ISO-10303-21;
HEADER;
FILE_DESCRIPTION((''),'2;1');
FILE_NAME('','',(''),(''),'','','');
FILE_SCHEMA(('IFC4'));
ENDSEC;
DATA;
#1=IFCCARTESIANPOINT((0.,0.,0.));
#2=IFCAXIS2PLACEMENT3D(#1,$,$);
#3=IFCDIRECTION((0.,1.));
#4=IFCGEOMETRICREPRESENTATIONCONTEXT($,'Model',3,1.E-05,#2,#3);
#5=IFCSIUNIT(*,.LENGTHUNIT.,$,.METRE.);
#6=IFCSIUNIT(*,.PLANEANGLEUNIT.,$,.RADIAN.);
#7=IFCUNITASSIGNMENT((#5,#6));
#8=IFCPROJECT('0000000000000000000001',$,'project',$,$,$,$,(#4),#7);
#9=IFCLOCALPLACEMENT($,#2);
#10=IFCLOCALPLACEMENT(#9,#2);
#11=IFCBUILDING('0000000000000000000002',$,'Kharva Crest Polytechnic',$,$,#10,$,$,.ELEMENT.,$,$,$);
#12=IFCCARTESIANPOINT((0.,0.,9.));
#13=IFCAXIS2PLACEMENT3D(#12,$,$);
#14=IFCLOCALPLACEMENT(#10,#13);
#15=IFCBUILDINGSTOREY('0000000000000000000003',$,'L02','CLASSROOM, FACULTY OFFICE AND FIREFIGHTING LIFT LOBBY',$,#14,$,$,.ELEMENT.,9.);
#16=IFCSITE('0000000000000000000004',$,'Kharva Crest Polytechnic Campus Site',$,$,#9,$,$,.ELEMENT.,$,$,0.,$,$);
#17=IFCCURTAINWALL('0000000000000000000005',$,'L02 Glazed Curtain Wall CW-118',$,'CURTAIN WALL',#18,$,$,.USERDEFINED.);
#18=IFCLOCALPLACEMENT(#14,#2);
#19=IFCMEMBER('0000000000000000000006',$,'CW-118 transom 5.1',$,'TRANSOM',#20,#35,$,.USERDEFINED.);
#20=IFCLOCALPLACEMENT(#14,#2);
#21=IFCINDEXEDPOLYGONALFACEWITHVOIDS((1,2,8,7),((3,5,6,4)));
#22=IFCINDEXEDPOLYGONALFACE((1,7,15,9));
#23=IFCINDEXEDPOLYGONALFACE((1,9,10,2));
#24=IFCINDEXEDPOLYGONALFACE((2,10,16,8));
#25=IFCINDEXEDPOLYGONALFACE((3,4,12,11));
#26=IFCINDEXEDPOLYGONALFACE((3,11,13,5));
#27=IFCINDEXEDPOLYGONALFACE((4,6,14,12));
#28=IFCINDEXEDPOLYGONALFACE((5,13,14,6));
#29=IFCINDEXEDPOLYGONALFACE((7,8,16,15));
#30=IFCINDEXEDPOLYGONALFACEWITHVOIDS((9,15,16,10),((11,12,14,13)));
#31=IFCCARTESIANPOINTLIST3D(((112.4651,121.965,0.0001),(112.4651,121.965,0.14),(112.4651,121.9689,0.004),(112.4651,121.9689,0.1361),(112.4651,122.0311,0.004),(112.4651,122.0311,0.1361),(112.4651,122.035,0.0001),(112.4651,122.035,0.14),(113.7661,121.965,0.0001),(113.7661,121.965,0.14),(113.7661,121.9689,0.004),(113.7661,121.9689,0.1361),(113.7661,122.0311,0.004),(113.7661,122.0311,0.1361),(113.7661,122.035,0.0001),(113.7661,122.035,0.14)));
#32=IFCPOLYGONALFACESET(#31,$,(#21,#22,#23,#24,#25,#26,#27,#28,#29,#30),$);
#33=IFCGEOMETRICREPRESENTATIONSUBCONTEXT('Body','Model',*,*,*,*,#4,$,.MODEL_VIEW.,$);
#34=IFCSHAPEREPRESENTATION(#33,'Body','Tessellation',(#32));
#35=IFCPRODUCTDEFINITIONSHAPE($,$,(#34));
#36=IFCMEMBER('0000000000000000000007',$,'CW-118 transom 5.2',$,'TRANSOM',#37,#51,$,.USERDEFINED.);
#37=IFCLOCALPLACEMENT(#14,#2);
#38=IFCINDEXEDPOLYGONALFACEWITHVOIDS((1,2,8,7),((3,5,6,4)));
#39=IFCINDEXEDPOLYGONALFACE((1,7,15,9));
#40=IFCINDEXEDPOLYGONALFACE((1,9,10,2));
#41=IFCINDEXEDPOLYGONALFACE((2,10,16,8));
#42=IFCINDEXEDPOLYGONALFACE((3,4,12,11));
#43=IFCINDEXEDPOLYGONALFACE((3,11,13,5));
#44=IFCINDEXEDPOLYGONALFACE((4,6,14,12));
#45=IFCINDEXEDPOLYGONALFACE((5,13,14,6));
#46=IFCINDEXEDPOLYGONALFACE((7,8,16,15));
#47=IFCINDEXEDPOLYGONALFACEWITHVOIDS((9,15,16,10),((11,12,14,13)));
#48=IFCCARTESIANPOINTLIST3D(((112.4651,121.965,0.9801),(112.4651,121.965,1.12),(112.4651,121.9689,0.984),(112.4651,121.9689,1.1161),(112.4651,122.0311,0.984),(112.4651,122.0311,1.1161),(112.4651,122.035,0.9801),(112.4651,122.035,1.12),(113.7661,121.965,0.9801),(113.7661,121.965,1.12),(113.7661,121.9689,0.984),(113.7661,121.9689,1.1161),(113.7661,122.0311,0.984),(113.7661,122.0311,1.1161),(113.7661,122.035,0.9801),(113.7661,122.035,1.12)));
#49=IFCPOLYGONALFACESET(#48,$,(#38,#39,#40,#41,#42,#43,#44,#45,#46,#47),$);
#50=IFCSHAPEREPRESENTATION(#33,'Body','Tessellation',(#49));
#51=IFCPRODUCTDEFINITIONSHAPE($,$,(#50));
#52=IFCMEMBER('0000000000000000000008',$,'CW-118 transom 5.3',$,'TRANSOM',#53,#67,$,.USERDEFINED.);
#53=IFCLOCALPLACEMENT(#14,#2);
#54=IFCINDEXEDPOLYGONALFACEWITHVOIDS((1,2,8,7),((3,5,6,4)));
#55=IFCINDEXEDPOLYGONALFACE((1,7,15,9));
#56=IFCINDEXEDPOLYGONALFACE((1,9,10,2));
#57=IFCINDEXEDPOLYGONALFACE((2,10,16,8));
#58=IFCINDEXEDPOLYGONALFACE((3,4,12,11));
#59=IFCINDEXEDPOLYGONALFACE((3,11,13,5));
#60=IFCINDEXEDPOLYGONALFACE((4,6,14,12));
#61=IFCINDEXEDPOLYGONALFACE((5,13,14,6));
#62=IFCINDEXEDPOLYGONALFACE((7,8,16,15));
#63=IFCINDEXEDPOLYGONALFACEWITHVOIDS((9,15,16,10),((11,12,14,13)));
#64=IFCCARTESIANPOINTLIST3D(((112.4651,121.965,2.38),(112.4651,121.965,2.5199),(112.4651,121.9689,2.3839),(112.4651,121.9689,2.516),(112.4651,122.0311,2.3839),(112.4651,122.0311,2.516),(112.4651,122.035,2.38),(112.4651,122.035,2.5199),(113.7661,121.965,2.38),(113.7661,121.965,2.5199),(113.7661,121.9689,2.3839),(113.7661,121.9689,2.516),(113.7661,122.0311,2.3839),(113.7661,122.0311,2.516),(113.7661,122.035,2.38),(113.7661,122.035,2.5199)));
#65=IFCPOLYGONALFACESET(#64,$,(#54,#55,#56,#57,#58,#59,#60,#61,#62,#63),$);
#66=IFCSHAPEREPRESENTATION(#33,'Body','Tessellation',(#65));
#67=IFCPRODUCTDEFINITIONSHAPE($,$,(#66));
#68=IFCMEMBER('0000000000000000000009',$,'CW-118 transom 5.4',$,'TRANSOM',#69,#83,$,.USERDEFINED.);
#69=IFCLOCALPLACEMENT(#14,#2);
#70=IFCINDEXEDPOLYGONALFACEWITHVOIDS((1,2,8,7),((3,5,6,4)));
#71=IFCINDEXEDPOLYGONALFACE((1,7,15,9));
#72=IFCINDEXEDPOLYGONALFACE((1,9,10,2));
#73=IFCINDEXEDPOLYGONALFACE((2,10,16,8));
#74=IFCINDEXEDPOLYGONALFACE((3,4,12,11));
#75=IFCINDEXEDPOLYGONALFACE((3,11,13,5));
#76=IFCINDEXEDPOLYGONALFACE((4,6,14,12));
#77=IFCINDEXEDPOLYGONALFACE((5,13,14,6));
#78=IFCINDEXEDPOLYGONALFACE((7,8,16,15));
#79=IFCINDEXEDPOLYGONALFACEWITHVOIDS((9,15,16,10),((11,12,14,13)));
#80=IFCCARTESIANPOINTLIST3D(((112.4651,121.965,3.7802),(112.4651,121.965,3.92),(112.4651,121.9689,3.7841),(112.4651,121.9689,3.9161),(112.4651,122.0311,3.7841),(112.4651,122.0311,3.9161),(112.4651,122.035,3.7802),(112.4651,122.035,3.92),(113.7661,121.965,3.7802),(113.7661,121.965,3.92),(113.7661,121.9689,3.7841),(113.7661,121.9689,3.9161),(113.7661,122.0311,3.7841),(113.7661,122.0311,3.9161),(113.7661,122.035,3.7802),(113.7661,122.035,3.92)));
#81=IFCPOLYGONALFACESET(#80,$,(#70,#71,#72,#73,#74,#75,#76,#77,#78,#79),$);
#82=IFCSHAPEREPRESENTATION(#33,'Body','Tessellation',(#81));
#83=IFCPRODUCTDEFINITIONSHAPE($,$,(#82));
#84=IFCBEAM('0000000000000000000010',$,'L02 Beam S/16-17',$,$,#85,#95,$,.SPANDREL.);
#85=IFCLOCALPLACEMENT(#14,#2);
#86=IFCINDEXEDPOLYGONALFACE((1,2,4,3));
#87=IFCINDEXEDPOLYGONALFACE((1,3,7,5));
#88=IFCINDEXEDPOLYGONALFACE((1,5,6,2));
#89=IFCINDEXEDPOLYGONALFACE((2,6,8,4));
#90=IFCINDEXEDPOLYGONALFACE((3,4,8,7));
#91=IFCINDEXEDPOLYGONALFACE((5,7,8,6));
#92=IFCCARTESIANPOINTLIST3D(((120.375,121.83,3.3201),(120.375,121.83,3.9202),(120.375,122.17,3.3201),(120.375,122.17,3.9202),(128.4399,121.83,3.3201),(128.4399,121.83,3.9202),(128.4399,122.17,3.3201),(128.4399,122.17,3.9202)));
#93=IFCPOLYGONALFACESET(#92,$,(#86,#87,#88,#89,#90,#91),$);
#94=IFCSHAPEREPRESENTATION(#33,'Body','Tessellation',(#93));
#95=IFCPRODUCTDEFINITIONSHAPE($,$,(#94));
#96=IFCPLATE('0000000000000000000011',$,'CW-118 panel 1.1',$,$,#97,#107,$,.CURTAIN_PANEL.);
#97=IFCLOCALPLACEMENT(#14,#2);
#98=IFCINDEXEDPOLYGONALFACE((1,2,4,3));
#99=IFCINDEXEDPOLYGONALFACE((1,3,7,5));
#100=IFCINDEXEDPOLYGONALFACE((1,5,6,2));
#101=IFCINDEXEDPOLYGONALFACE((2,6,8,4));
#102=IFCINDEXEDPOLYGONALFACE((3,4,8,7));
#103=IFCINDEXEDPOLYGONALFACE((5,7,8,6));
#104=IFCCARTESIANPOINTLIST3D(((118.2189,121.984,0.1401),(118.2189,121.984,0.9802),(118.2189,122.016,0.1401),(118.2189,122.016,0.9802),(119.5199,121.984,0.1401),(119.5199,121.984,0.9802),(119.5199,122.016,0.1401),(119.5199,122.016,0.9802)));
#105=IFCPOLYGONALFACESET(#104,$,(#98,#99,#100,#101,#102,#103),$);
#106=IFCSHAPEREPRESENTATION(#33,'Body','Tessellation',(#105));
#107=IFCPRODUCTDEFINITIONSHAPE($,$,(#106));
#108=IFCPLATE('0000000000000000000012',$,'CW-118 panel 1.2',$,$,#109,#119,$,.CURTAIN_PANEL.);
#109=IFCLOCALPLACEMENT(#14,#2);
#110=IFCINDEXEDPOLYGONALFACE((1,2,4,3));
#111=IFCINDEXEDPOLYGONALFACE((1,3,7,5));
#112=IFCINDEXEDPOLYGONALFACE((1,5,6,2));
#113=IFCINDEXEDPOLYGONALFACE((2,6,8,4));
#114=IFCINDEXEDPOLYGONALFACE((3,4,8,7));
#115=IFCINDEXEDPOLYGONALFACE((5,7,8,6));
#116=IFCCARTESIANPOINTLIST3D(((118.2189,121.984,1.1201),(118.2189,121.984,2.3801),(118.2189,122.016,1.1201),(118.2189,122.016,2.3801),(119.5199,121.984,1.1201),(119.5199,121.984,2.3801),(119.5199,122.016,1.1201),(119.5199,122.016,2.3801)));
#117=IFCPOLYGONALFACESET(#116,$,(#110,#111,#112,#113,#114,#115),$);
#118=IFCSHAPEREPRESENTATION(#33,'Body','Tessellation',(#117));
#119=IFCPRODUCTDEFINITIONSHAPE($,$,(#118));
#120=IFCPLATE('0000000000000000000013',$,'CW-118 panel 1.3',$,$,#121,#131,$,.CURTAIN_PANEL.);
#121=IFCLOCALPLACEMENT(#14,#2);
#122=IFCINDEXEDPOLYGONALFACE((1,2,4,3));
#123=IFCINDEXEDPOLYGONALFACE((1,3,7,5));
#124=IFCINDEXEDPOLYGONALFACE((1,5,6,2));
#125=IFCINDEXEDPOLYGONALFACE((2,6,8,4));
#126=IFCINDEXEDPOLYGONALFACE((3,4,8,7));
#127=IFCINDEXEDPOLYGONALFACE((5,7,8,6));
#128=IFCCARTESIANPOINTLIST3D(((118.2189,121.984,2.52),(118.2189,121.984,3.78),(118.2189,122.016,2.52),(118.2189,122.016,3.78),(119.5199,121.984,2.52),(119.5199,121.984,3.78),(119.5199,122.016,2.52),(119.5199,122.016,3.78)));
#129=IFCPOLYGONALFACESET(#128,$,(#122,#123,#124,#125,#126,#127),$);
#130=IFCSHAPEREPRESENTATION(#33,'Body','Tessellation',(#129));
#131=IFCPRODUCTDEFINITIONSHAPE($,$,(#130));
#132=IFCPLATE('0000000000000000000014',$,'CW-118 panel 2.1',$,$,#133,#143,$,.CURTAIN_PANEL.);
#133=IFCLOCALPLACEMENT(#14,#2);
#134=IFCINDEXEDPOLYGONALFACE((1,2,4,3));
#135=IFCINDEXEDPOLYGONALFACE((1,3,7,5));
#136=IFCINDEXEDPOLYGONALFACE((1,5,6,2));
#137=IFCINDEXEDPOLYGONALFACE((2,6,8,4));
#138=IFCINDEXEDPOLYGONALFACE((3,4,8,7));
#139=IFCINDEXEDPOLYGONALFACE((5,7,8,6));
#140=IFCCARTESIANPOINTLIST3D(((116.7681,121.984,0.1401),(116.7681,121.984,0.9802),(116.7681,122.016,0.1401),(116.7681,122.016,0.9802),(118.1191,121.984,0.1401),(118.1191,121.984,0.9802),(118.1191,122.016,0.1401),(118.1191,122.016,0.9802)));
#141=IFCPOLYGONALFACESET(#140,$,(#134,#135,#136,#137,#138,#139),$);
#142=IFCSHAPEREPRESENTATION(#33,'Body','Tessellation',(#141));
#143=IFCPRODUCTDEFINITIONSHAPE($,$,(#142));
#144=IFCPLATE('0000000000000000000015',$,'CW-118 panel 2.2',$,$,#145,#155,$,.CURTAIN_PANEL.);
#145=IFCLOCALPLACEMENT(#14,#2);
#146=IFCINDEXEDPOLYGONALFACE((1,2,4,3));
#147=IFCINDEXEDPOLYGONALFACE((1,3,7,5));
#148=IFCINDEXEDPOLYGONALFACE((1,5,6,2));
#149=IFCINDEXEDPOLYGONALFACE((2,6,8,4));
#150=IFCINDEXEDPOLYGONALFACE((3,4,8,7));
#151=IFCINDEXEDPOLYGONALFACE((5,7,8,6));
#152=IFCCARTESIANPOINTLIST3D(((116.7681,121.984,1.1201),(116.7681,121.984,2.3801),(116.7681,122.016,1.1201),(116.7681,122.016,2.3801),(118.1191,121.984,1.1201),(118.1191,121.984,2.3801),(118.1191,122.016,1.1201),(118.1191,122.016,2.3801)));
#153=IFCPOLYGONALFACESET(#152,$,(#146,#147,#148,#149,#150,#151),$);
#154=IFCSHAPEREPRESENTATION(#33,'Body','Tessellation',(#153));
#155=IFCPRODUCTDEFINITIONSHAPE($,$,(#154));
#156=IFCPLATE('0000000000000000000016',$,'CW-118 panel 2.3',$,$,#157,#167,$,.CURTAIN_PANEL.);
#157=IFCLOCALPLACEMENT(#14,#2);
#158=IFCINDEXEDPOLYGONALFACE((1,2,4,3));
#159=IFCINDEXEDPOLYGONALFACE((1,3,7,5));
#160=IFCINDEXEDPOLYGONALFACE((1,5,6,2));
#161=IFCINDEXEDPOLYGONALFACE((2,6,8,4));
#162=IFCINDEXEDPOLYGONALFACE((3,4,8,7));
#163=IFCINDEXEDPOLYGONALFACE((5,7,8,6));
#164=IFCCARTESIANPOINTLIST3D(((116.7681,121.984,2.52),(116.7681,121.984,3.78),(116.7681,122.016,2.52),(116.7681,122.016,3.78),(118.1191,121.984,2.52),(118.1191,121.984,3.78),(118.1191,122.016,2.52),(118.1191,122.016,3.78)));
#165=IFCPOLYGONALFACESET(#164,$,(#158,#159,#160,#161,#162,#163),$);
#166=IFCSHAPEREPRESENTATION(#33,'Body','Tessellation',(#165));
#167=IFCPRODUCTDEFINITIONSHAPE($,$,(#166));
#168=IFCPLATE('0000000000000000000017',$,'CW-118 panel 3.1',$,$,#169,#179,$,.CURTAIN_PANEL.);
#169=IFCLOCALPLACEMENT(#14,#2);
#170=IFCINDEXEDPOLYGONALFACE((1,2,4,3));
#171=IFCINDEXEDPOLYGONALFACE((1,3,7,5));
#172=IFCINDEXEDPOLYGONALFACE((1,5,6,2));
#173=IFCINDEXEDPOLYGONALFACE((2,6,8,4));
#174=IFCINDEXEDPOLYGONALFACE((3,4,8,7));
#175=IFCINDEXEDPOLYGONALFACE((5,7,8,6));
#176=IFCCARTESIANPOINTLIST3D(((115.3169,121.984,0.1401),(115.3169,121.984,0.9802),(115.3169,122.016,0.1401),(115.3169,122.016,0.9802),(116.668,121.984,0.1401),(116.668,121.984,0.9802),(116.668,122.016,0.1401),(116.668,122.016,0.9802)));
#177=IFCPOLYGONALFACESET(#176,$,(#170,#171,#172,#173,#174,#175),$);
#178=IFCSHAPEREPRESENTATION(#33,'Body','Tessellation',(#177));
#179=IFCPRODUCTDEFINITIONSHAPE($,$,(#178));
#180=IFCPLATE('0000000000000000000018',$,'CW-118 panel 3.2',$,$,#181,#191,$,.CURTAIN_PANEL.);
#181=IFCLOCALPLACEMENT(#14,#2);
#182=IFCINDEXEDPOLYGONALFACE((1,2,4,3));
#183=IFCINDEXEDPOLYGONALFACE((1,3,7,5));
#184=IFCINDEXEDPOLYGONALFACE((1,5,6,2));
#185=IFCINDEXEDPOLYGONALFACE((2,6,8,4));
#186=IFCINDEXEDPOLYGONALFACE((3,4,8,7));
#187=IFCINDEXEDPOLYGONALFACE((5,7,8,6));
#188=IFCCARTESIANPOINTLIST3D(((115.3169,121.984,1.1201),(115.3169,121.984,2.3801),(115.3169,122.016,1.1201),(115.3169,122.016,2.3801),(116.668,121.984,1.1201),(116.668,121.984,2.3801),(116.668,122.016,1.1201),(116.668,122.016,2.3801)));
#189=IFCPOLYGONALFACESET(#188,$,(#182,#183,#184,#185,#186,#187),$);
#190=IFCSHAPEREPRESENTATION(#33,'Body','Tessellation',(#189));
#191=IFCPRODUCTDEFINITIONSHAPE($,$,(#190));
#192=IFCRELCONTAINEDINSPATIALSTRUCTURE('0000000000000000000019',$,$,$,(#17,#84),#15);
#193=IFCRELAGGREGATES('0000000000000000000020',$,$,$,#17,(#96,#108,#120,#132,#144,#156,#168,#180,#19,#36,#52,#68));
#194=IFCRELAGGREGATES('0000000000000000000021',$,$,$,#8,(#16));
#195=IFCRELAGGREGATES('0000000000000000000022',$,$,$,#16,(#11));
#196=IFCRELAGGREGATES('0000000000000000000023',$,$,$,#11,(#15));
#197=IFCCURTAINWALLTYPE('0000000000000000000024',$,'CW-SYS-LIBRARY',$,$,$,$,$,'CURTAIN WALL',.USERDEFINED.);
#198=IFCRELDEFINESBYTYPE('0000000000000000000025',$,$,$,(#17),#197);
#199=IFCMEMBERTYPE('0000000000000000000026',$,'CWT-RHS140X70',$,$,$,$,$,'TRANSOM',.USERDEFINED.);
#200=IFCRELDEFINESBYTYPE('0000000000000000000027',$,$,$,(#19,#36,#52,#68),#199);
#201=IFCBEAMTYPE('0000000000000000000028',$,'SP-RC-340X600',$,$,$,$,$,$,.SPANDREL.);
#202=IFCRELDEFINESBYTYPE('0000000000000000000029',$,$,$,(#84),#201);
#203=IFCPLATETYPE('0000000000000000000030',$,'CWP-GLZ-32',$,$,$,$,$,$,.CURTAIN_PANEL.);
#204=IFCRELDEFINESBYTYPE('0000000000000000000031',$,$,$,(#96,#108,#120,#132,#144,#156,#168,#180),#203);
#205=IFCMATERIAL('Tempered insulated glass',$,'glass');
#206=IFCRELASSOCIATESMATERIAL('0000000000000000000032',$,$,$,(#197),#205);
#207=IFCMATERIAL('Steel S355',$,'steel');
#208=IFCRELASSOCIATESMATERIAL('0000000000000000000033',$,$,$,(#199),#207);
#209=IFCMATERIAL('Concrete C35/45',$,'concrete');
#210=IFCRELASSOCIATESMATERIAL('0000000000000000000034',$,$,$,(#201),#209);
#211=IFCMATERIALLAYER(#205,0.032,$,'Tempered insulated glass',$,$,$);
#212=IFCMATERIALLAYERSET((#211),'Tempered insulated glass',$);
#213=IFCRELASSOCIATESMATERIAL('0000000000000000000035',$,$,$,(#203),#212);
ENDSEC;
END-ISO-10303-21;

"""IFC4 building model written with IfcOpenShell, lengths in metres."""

from ifc_helpers import new_model, si_unit, direction, frame, origin, origin_2d, place, context, subcontext, project, spatial, rectangle, hollow_rectangle, extrude, material, layer, layer_set, material_profile, profile_set, type_object, element, aggregate, save


model = new_model("IFC4")

# Units and contexts
model_context = context("Model", 3, precision=1e-05, world=origin(), true_north=direction((0.0, 1.0)))
body_context = subcontext(model_context, "Body", "Model", "MODEL_VIEW")
ifc_project = project(units=[si_unit("LENGTHUNIT", "METRE"), si_unit("PLANEANGLEUNIT", "RADIAN")], contexts=[model_context])

# Site, building, storey
site_placement = place(None, origin())
site = spatial("IfcSite", under=ifc_project, at=site_placement, Name="Kharva Crest Polytechnic Campus Site", CompositionType="ELEMENT", RefElevation=0.0)
building_placement = place(site_placement, origin())
building = spatial("IfcBuilding", under=site, at=building_placement, Name="Kharva Crest Polytechnic", CompositionType="ELEMENT")
storey_placement = place(building_placement, frame((0.0, 0.0, 9.0)))
storey = spatial("IfcBuildingStorey", under=building, at=storey_placement, Name="L02", Description="CLASSROOM, FACULTY OFFICE AND FIREFIGHTING LIFT LOBBY", CompositionType="ELEMENT", Elevation=9.0)

# Curtain wall, members
ifc_material_1 = material(Name="Tempered insulated glass", Category="glass")
curtain_wall_type = type_object("IfcCurtainWallType", Name="CW-SYS-LIBRARY", ElementType="CURTAIN WALL", PredefinedType="USERDEFINED", material=ifc_material_1)
curtain_wall_placement = place(storey_placement, origin())
curtain_wall = element("IfcCurtainWall", 1, at=curtain_wall_placement, inside=storey, type_object=curtain_wall_type, Name="L02 Glazed Curtain Wall CW-118", ObjectType="CURTAIN WALL", PredefinedType="USERDEFINED")
ifc_material_2 = material(Name="Steel S355", Category="steel")
ifc_material_profile_1 = material_profile(ifc_material_2, hollow_rectangle(XDim=0.0701, YDim=0.1399, WallThickness=0.0039, at=origin_2d()), Name="RHS 140X70X4.0")
ifc_profile_set_1 = profile_set([ifc_material_profile_1], Name="Steel S355")
member_type_1 = type_object("IfcMemberType", Name="CWT-RHS140X70", ElementType="TRANSOM", PredefinedType="USERDEFINED", material=ifc_profile_set_1)
member_1_placement = place(storey_placement, frame((113.7661, 122.0, 0.0701), z_axis=(-1.0, 0.0, 0.0), x_axis=(0.0, -1.0, 0.0)))
member_1 = element("IfcMember", 2, at=member_1_placement, type_object=member_type_1, Name="CW-118 transom 5.1", ObjectType="TRANSOM", PredefinedType="USERDEFINED", context=body_context, shape_type="SweptSolid", body=[
    extrude(hollow_rectangle(XDim=0.0701, YDim=0.1399, WallThickness=0.0039, at=origin_2d()), origin(), (0.0, 0.0, 1.0), 1.301),
])
member_2_placement = place(storey_placement, frame((113.7661, 122.0, 1.05), z_axis=(-1.0, 0.0, 0.0), x_axis=(0.0, -1.0, 0.0)))
member_2 = element("IfcMember", 3, at=member_2_placement, type_object=member_type_1, Name="CW-118 transom 5.2", ObjectType="TRANSOM", PredefinedType="USERDEFINED", context=body_context, shape_type="SweptSolid", body=[
    extrude(hollow_rectangle(XDim=0.0701, YDim=0.1399, WallThickness=0.0039, at=origin_2d()), origin(), (0.0, 0.0, 1.0), 1.301),
])
member_3_placement = place(storey_placement, frame((113.7661, 122.0, 2.45), z_axis=(-1.0, 0.0, 0.0), x_axis=(0.0, -1.0, 0.0)))
member_3 = element("IfcMember", 4, at=member_3_placement, type_object=member_type_1, Name="CW-118 transom 5.3", ObjectType="TRANSOM", PredefinedType="USERDEFINED", context=body_context, shape_type="SweptSolid", body=[
    extrude(hollow_rectangle(XDim=0.0701, YDim=0.1399, WallThickness=0.0039, at=origin_2d()), origin(), (0.0, 0.0, 1.0), 1.301),
])
member_4_placement = place(storey_placement, frame((113.7661, 122.0, 3.8501), z_axis=(-1.0, 0.0, 0.0), x_axis=(0.0, -1.0, 0.0)))
member_4 = element("IfcMember", 5, at=member_4_placement, type_object=member_type_1, Name="CW-118 transom 5.4", ObjectType="TRANSOM", PredefinedType="USERDEFINED", context=body_context, shape_type="SweptSolid", body=[
    extrude(hollow_rectangle(XDim=0.0701, YDim=0.1399, WallThickness=0.0039, at=origin_2d()), origin(), (0.0, 0.0, 1.0), 1.301),
])

# Beam
ifc_material_3 = material(Name="Concrete C35/45", Category="concrete")
ifc_material_profile_2 = material_profile(ifc_material_3, rectangle(XDim=0.3401, YDim=0.6001, at=origin_2d()), Name="RECT 340 X 600")
ifc_profile_set_2 = profile_set([ifc_material_profile_2], Name="Concrete C35/45")
beam_type = type_object("IfcBeamType", Name="SP-RC-340X600", PredefinedType="SPANDREL", material=ifc_profile_set_2)
beam_placement = place(storey_placement, frame((120.375, 122.0, 3.6201), z_axis=(1.0, 0.0, 0.0), x_axis=(0.0, 1.0, 0.0)))
element("IfcBeam", 6, at=beam_placement, inside=storey, type_object=beam_type, Name="L02 Beam S/16-17", PredefinedType="SPANDREL", context=body_context, shape_type="SweptSolid", body=[
    extrude(rectangle(XDim=0.3401, YDim=0.6001, at=origin_2d()), origin(), (0.0, 0.0, 1.0), 8.0649),
])

# Plates
ifc_layer = layer(ifc_material_1, 0.032, Name="Tempered insulated glass")
ifc_layer_set = layer_set([ifc_layer], Name="Tempered insulated glass")
plate_type = type_object("IfcPlateType", Name="CWP-GLZ-32", PredefinedType="CURTAIN_PANEL", material=ifc_layer_set)
plate_1_placement = place(storey_placement, frame((118.8694, 122.0, 0.1401), z_axis=(0.0, 0.0, 1.0), x_axis=(-1.0, 0.0, 0.0)))
plate_1 = element("IfcPlate", 7, at=plate_1_placement, type_object=plate_type, Name="CW-118 panel 1.1", PredefinedType="CURTAIN_PANEL", context=body_context, shape_type="SweptSolid", body=[
    extrude(rectangle(XDim=1.301, YDim=0.032, at=origin_2d()), origin(), (0.0, 0.0, 1.0), 0.8401),
])
plate_2_placement = place(storey_placement, frame((118.8694, 122.0, 1.1201), z_axis=(0.0, 0.0, 1.0), x_axis=(-1.0, 0.0, 0.0)))
plate_2 = element("IfcPlate", 8, at=plate_2_placement, type_object=plate_type, Name="CW-118 panel 1.2", PredefinedType="CURTAIN_PANEL", context=body_context, shape_type="SweptSolid", body=[
    extrude(rectangle(XDim=1.301, YDim=0.032, at=origin_2d()), origin(), (0.0, 0.0, 1.0), 1.26),
])
plate_3_placement = place(storey_placement, frame((118.8694, 122.0, 2.52), z_axis=(0.0, 0.0, 1.0), x_axis=(-1.0, 0.0, 0.0)))
plate_3 = element("IfcPlate", 9, at=plate_3_placement, type_object=plate_type, Name="CW-118 panel 1.3", PredefinedType="CURTAIN_PANEL", context=body_context, shape_type="SweptSolid", body=[
    extrude(rectangle(XDim=1.301, YDim=0.032, at=origin_2d()), origin(), (0.0, 0.0, 1.0), 1.26),
])
plate_4_placement = place(storey_placement, frame((117.4436, 122.0, 0.1401), z_axis=(0.0, 0.0, 1.0), x_axis=(-1.0, 0.0, 0.0)))
plate_4 = element("IfcPlate", 10, at=plate_4_placement, type_object=plate_type, Name="CW-118 panel 2.1", PredefinedType="CURTAIN_PANEL", context=body_context, shape_type="SweptSolid", body=[
    extrude(rectangle(XDim=1.3511, YDim=0.032, at=origin_2d()), origin(), (0.0, 0.0, 1.0), 0.8401),
])
plate_5_placement = place(storey_placement, frame((117.4436, 122.0, 1.1201), z_axis=(0.0, 0.0, 1.0), x_axis=(-1.0, 0.0, 0.0)))
plate_5 = element("IfcPlate", 11, at=plate_5_placement, type_object=plate_type, Name="CW-118 panel 2.2", PredefinedType="CURTAIN_PANEL", context=body_context, shape_type="SweptSolid", body=[
    extrude(rectangle(XDim=1.3511, YDim=0.032, at=origin_2d()), origin(), (0.0, 0.0, 1.0), 1.26),
])
plate_6_placement = place(storey_placement, frame((117.4436, 122.0, 2.52), z_axis=(0.0, 0.0, 1.0), x_axis=(-1.0, 0.0, 0.0)))
plate_6 = element("IfcPlate", 12, at=plate_6_placement, type_object=plate_type, Name="CW-118 panel 2.3", PredefinedType="CURTAIN_PANEL", context=body_context, shape_type="SweptSolid", body=[
    extrude(rectangle(XDim=1.3511, YDim=0.032, at=origin_2d()), origin(), (0.0, 0.0, 1.0), 1.26),
])
plate_7_placement = place(storey_placement, frame((115.9924, 122.0, 0.1401), z_axis=(0.0, 0.0, 1.0), x_axis=(-1.0, 0.0, 0.0)))
plate_7 = element("IfcPlate", 13, at=plate_7_placement, type_object=plate_type, Name="CW-118 panel 3.1", PredefinedType="CURTAIN_PANEL", context=body_context, shape_type="SweptSolid", body=[
    extrude(rectangle(XDim=1.3511, YDim=0.032, at=origin_2d()), origin(), (0.0, 0.0, 1.0), 0.8401),
])
plate_8_placement = place(storey_placement, frame((115.9924, 122.0, 1.1201), z_axis=(0.0, 0.0, 1.0), x_axis=(-1.0, 0.0, 0.0)))
plate_8 = element("IfcPlate", 14, at=plate_8_placement, type_object=plate_type, Name="CW-118 panel 3.2", PredefinedType="CURTAIN_PANEL", context=body_context, shape_type="SweptSolid", body=[
    extrude(rectangle(XDim=1.3511, YDim=0.032, at=origin_2d()), origin(), (0.0, 0.0, 1.0), 1.26),
])
aggregate(curtain_wall, [plate_1, plate_2, plate_3, plate_4, plate_5, plate_6, plate_7, plate_8, member_1, member_2, member_3, member_4])

save(model, "model.ifc")
